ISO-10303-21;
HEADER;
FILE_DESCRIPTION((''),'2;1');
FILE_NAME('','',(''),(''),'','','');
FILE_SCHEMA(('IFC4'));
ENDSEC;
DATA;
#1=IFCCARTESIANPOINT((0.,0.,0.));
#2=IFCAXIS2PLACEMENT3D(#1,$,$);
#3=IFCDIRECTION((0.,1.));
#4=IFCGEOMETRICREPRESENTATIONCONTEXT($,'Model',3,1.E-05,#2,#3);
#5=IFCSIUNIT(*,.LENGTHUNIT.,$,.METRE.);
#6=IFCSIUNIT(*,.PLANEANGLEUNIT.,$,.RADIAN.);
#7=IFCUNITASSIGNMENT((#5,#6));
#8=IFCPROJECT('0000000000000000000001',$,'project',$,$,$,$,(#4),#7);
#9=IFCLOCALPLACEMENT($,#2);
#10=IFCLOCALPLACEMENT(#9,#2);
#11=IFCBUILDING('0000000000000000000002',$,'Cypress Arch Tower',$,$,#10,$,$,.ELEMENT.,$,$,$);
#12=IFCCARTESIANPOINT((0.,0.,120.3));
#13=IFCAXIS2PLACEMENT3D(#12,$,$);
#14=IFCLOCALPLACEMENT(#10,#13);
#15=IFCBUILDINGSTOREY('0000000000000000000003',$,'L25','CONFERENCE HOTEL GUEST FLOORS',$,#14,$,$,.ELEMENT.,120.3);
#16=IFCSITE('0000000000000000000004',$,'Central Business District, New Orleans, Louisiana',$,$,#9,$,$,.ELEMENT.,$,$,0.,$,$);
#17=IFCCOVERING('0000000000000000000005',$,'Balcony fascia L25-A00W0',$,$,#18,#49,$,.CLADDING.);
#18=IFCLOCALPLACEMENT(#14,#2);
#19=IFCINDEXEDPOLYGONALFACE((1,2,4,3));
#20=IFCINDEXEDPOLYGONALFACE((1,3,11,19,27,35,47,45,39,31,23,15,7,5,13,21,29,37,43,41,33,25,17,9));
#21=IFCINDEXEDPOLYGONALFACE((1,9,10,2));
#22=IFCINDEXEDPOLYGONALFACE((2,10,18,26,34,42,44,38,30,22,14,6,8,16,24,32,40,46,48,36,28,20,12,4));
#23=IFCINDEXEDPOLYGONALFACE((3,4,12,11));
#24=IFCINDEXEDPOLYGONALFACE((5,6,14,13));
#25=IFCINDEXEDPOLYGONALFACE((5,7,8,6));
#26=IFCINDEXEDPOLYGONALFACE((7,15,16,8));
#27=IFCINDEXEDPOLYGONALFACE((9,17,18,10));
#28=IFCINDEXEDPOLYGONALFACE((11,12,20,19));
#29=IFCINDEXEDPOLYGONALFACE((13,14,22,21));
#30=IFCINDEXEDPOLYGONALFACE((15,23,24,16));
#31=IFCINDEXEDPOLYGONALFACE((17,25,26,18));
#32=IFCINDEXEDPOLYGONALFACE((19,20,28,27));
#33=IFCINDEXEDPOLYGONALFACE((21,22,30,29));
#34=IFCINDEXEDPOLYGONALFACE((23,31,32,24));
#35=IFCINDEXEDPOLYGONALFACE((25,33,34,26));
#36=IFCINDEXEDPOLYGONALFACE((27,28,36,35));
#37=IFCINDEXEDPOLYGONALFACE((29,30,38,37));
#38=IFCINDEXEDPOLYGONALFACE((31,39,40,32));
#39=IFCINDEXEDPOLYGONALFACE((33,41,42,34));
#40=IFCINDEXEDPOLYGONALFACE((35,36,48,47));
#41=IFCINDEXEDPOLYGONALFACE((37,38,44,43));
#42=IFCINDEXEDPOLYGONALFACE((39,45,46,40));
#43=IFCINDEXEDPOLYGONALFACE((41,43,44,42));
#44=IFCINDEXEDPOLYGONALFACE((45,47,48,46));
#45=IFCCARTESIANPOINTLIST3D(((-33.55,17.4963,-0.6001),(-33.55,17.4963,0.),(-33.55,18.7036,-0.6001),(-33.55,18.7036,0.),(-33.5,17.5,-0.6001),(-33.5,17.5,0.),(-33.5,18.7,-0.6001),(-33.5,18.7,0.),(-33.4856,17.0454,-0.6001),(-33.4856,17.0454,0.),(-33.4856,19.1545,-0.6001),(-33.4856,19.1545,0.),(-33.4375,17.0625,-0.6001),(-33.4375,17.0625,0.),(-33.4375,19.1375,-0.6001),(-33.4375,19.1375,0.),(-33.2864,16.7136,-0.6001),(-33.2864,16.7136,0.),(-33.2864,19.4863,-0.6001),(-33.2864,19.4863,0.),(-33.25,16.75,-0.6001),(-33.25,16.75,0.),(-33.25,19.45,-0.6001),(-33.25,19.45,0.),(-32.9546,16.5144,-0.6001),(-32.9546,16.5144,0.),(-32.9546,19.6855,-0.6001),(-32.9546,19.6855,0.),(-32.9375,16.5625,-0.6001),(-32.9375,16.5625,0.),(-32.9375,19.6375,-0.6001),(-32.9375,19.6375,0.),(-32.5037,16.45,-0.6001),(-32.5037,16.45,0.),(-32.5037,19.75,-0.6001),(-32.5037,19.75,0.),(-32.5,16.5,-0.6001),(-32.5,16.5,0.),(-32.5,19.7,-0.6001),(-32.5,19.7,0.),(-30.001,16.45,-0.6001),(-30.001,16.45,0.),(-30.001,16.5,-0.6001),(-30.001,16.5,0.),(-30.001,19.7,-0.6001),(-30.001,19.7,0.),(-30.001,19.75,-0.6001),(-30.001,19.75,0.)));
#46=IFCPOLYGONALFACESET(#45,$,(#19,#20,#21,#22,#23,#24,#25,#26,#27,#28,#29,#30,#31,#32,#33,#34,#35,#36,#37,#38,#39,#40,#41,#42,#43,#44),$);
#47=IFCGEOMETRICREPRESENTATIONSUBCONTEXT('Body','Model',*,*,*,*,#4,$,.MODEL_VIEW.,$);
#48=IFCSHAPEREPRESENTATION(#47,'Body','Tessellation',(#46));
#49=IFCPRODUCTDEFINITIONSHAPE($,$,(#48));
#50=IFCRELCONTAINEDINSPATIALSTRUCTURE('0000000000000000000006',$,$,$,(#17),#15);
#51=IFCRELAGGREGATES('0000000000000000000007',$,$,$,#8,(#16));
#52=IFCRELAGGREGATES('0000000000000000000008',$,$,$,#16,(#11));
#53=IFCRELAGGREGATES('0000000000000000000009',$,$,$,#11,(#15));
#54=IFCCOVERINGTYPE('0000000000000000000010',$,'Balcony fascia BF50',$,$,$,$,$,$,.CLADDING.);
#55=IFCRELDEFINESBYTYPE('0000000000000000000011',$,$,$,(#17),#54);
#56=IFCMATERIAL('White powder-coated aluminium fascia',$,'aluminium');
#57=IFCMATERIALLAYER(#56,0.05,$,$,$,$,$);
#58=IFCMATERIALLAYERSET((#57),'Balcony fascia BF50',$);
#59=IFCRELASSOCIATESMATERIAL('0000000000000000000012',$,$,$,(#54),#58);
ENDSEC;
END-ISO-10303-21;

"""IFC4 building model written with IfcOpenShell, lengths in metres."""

from ifc_helpers import new_model, si_unit, direction, frame, origin, place, context, subcontext, project, spatial, polyline, outline, extrude, material, layer, layer_set, type_object, element, save


model = new_model("IFC4")

# Units and contexts
model_context = context("Model", 3, precision=1e-05, world=origin(), true_north=direction((0.0, 1.0)))
body_context = subcontext(model_context, "Body", "Model", "MODEL_VIEW")
ifc_project = project(units=[si_unit("LENGTHUNIT", "METRE"), si_unit("PLANEANGLEUNIT", "RADIAN")], contexts=[model_context])

# Site, building, storey
site_placement = place(None, origin())
site = spatial("IfcSite", under=ifc_project, at=site_placement, Name="Central Business District, New Orleans, Louisiana", CompositionType="ELEMENT", RefElevation=0.0)
building_placement = place(site_placement, origin())
building = spatial("IfcBuilding", under=site, at=building_placement, Name="Cypress Arch Tower", CompositionType="ELEMENT")
storey_placement = place(building_placement, frame((0.0, 0.0, 120.3)))
storey = spatial("IfcBuildingStorey", under=building, at=storey_placement, Name="L25", Description="CONFERENCE HOTEL GUEST FLOORS", CompositionType="ELEMENT", Elevation=120.3)

# Covering
ifc_material_1 = material(Name="White powder-coated aluminium fascia", Category="aluminium")
ifc_layer_1 = layer(ifc_material_1, 0.05)
ifc_layer_set_1 = layer_set([ifc_layer_1], Name="Balcony fascia BF50")
covering_type = type_object("IfcCoveringType", Name="Balcony fascia BF50", PredefinedType="CLADDING", material=ifc_layer_set_1)
covering_placement = place(storey_placement, frame((0.0, 0.0, -0.6001)))
element("IfcCovering", 1, at=covering_placement, inside=storey, type_object=covering_type, Name="Balcony fascia L25-A00W0", PredefinedType="CLADDING", context=body_context, shape_type="SweptSolid", body=[
    extrude(outline(polyline([(-32.5037, 16.45), (-32.9546, 16.5144), (-33.2864, 16.7136), (-33.4856, 17.0454), (-33.55, 17.4963), (-33.55, 18.7036), (-33.4856, 19.1545), (-33.2864, 19.4863), (-32.9546, 19.6855), (-32.5037, 19.75), (-30.001, 19.75), (-30.001, 19.7), (-32.5, 19.7), (-32.9375, 19.6375), (-33.25, 19.45), (-33.4375, 19.1375), (-33.5, 18.7), (-33.5, 17.5), (-33.4375, 17.0625), (-33.25, 16.75), (-32.9375, 16.5625), (-32.5, 16.5), (-30.001, 16.5), (-30.001, 16.45), (-32.5037, 16.45)])), origin(), (0.0, 0.0, 1.0), 0.6001),
])

save(model, "model.ifc")
